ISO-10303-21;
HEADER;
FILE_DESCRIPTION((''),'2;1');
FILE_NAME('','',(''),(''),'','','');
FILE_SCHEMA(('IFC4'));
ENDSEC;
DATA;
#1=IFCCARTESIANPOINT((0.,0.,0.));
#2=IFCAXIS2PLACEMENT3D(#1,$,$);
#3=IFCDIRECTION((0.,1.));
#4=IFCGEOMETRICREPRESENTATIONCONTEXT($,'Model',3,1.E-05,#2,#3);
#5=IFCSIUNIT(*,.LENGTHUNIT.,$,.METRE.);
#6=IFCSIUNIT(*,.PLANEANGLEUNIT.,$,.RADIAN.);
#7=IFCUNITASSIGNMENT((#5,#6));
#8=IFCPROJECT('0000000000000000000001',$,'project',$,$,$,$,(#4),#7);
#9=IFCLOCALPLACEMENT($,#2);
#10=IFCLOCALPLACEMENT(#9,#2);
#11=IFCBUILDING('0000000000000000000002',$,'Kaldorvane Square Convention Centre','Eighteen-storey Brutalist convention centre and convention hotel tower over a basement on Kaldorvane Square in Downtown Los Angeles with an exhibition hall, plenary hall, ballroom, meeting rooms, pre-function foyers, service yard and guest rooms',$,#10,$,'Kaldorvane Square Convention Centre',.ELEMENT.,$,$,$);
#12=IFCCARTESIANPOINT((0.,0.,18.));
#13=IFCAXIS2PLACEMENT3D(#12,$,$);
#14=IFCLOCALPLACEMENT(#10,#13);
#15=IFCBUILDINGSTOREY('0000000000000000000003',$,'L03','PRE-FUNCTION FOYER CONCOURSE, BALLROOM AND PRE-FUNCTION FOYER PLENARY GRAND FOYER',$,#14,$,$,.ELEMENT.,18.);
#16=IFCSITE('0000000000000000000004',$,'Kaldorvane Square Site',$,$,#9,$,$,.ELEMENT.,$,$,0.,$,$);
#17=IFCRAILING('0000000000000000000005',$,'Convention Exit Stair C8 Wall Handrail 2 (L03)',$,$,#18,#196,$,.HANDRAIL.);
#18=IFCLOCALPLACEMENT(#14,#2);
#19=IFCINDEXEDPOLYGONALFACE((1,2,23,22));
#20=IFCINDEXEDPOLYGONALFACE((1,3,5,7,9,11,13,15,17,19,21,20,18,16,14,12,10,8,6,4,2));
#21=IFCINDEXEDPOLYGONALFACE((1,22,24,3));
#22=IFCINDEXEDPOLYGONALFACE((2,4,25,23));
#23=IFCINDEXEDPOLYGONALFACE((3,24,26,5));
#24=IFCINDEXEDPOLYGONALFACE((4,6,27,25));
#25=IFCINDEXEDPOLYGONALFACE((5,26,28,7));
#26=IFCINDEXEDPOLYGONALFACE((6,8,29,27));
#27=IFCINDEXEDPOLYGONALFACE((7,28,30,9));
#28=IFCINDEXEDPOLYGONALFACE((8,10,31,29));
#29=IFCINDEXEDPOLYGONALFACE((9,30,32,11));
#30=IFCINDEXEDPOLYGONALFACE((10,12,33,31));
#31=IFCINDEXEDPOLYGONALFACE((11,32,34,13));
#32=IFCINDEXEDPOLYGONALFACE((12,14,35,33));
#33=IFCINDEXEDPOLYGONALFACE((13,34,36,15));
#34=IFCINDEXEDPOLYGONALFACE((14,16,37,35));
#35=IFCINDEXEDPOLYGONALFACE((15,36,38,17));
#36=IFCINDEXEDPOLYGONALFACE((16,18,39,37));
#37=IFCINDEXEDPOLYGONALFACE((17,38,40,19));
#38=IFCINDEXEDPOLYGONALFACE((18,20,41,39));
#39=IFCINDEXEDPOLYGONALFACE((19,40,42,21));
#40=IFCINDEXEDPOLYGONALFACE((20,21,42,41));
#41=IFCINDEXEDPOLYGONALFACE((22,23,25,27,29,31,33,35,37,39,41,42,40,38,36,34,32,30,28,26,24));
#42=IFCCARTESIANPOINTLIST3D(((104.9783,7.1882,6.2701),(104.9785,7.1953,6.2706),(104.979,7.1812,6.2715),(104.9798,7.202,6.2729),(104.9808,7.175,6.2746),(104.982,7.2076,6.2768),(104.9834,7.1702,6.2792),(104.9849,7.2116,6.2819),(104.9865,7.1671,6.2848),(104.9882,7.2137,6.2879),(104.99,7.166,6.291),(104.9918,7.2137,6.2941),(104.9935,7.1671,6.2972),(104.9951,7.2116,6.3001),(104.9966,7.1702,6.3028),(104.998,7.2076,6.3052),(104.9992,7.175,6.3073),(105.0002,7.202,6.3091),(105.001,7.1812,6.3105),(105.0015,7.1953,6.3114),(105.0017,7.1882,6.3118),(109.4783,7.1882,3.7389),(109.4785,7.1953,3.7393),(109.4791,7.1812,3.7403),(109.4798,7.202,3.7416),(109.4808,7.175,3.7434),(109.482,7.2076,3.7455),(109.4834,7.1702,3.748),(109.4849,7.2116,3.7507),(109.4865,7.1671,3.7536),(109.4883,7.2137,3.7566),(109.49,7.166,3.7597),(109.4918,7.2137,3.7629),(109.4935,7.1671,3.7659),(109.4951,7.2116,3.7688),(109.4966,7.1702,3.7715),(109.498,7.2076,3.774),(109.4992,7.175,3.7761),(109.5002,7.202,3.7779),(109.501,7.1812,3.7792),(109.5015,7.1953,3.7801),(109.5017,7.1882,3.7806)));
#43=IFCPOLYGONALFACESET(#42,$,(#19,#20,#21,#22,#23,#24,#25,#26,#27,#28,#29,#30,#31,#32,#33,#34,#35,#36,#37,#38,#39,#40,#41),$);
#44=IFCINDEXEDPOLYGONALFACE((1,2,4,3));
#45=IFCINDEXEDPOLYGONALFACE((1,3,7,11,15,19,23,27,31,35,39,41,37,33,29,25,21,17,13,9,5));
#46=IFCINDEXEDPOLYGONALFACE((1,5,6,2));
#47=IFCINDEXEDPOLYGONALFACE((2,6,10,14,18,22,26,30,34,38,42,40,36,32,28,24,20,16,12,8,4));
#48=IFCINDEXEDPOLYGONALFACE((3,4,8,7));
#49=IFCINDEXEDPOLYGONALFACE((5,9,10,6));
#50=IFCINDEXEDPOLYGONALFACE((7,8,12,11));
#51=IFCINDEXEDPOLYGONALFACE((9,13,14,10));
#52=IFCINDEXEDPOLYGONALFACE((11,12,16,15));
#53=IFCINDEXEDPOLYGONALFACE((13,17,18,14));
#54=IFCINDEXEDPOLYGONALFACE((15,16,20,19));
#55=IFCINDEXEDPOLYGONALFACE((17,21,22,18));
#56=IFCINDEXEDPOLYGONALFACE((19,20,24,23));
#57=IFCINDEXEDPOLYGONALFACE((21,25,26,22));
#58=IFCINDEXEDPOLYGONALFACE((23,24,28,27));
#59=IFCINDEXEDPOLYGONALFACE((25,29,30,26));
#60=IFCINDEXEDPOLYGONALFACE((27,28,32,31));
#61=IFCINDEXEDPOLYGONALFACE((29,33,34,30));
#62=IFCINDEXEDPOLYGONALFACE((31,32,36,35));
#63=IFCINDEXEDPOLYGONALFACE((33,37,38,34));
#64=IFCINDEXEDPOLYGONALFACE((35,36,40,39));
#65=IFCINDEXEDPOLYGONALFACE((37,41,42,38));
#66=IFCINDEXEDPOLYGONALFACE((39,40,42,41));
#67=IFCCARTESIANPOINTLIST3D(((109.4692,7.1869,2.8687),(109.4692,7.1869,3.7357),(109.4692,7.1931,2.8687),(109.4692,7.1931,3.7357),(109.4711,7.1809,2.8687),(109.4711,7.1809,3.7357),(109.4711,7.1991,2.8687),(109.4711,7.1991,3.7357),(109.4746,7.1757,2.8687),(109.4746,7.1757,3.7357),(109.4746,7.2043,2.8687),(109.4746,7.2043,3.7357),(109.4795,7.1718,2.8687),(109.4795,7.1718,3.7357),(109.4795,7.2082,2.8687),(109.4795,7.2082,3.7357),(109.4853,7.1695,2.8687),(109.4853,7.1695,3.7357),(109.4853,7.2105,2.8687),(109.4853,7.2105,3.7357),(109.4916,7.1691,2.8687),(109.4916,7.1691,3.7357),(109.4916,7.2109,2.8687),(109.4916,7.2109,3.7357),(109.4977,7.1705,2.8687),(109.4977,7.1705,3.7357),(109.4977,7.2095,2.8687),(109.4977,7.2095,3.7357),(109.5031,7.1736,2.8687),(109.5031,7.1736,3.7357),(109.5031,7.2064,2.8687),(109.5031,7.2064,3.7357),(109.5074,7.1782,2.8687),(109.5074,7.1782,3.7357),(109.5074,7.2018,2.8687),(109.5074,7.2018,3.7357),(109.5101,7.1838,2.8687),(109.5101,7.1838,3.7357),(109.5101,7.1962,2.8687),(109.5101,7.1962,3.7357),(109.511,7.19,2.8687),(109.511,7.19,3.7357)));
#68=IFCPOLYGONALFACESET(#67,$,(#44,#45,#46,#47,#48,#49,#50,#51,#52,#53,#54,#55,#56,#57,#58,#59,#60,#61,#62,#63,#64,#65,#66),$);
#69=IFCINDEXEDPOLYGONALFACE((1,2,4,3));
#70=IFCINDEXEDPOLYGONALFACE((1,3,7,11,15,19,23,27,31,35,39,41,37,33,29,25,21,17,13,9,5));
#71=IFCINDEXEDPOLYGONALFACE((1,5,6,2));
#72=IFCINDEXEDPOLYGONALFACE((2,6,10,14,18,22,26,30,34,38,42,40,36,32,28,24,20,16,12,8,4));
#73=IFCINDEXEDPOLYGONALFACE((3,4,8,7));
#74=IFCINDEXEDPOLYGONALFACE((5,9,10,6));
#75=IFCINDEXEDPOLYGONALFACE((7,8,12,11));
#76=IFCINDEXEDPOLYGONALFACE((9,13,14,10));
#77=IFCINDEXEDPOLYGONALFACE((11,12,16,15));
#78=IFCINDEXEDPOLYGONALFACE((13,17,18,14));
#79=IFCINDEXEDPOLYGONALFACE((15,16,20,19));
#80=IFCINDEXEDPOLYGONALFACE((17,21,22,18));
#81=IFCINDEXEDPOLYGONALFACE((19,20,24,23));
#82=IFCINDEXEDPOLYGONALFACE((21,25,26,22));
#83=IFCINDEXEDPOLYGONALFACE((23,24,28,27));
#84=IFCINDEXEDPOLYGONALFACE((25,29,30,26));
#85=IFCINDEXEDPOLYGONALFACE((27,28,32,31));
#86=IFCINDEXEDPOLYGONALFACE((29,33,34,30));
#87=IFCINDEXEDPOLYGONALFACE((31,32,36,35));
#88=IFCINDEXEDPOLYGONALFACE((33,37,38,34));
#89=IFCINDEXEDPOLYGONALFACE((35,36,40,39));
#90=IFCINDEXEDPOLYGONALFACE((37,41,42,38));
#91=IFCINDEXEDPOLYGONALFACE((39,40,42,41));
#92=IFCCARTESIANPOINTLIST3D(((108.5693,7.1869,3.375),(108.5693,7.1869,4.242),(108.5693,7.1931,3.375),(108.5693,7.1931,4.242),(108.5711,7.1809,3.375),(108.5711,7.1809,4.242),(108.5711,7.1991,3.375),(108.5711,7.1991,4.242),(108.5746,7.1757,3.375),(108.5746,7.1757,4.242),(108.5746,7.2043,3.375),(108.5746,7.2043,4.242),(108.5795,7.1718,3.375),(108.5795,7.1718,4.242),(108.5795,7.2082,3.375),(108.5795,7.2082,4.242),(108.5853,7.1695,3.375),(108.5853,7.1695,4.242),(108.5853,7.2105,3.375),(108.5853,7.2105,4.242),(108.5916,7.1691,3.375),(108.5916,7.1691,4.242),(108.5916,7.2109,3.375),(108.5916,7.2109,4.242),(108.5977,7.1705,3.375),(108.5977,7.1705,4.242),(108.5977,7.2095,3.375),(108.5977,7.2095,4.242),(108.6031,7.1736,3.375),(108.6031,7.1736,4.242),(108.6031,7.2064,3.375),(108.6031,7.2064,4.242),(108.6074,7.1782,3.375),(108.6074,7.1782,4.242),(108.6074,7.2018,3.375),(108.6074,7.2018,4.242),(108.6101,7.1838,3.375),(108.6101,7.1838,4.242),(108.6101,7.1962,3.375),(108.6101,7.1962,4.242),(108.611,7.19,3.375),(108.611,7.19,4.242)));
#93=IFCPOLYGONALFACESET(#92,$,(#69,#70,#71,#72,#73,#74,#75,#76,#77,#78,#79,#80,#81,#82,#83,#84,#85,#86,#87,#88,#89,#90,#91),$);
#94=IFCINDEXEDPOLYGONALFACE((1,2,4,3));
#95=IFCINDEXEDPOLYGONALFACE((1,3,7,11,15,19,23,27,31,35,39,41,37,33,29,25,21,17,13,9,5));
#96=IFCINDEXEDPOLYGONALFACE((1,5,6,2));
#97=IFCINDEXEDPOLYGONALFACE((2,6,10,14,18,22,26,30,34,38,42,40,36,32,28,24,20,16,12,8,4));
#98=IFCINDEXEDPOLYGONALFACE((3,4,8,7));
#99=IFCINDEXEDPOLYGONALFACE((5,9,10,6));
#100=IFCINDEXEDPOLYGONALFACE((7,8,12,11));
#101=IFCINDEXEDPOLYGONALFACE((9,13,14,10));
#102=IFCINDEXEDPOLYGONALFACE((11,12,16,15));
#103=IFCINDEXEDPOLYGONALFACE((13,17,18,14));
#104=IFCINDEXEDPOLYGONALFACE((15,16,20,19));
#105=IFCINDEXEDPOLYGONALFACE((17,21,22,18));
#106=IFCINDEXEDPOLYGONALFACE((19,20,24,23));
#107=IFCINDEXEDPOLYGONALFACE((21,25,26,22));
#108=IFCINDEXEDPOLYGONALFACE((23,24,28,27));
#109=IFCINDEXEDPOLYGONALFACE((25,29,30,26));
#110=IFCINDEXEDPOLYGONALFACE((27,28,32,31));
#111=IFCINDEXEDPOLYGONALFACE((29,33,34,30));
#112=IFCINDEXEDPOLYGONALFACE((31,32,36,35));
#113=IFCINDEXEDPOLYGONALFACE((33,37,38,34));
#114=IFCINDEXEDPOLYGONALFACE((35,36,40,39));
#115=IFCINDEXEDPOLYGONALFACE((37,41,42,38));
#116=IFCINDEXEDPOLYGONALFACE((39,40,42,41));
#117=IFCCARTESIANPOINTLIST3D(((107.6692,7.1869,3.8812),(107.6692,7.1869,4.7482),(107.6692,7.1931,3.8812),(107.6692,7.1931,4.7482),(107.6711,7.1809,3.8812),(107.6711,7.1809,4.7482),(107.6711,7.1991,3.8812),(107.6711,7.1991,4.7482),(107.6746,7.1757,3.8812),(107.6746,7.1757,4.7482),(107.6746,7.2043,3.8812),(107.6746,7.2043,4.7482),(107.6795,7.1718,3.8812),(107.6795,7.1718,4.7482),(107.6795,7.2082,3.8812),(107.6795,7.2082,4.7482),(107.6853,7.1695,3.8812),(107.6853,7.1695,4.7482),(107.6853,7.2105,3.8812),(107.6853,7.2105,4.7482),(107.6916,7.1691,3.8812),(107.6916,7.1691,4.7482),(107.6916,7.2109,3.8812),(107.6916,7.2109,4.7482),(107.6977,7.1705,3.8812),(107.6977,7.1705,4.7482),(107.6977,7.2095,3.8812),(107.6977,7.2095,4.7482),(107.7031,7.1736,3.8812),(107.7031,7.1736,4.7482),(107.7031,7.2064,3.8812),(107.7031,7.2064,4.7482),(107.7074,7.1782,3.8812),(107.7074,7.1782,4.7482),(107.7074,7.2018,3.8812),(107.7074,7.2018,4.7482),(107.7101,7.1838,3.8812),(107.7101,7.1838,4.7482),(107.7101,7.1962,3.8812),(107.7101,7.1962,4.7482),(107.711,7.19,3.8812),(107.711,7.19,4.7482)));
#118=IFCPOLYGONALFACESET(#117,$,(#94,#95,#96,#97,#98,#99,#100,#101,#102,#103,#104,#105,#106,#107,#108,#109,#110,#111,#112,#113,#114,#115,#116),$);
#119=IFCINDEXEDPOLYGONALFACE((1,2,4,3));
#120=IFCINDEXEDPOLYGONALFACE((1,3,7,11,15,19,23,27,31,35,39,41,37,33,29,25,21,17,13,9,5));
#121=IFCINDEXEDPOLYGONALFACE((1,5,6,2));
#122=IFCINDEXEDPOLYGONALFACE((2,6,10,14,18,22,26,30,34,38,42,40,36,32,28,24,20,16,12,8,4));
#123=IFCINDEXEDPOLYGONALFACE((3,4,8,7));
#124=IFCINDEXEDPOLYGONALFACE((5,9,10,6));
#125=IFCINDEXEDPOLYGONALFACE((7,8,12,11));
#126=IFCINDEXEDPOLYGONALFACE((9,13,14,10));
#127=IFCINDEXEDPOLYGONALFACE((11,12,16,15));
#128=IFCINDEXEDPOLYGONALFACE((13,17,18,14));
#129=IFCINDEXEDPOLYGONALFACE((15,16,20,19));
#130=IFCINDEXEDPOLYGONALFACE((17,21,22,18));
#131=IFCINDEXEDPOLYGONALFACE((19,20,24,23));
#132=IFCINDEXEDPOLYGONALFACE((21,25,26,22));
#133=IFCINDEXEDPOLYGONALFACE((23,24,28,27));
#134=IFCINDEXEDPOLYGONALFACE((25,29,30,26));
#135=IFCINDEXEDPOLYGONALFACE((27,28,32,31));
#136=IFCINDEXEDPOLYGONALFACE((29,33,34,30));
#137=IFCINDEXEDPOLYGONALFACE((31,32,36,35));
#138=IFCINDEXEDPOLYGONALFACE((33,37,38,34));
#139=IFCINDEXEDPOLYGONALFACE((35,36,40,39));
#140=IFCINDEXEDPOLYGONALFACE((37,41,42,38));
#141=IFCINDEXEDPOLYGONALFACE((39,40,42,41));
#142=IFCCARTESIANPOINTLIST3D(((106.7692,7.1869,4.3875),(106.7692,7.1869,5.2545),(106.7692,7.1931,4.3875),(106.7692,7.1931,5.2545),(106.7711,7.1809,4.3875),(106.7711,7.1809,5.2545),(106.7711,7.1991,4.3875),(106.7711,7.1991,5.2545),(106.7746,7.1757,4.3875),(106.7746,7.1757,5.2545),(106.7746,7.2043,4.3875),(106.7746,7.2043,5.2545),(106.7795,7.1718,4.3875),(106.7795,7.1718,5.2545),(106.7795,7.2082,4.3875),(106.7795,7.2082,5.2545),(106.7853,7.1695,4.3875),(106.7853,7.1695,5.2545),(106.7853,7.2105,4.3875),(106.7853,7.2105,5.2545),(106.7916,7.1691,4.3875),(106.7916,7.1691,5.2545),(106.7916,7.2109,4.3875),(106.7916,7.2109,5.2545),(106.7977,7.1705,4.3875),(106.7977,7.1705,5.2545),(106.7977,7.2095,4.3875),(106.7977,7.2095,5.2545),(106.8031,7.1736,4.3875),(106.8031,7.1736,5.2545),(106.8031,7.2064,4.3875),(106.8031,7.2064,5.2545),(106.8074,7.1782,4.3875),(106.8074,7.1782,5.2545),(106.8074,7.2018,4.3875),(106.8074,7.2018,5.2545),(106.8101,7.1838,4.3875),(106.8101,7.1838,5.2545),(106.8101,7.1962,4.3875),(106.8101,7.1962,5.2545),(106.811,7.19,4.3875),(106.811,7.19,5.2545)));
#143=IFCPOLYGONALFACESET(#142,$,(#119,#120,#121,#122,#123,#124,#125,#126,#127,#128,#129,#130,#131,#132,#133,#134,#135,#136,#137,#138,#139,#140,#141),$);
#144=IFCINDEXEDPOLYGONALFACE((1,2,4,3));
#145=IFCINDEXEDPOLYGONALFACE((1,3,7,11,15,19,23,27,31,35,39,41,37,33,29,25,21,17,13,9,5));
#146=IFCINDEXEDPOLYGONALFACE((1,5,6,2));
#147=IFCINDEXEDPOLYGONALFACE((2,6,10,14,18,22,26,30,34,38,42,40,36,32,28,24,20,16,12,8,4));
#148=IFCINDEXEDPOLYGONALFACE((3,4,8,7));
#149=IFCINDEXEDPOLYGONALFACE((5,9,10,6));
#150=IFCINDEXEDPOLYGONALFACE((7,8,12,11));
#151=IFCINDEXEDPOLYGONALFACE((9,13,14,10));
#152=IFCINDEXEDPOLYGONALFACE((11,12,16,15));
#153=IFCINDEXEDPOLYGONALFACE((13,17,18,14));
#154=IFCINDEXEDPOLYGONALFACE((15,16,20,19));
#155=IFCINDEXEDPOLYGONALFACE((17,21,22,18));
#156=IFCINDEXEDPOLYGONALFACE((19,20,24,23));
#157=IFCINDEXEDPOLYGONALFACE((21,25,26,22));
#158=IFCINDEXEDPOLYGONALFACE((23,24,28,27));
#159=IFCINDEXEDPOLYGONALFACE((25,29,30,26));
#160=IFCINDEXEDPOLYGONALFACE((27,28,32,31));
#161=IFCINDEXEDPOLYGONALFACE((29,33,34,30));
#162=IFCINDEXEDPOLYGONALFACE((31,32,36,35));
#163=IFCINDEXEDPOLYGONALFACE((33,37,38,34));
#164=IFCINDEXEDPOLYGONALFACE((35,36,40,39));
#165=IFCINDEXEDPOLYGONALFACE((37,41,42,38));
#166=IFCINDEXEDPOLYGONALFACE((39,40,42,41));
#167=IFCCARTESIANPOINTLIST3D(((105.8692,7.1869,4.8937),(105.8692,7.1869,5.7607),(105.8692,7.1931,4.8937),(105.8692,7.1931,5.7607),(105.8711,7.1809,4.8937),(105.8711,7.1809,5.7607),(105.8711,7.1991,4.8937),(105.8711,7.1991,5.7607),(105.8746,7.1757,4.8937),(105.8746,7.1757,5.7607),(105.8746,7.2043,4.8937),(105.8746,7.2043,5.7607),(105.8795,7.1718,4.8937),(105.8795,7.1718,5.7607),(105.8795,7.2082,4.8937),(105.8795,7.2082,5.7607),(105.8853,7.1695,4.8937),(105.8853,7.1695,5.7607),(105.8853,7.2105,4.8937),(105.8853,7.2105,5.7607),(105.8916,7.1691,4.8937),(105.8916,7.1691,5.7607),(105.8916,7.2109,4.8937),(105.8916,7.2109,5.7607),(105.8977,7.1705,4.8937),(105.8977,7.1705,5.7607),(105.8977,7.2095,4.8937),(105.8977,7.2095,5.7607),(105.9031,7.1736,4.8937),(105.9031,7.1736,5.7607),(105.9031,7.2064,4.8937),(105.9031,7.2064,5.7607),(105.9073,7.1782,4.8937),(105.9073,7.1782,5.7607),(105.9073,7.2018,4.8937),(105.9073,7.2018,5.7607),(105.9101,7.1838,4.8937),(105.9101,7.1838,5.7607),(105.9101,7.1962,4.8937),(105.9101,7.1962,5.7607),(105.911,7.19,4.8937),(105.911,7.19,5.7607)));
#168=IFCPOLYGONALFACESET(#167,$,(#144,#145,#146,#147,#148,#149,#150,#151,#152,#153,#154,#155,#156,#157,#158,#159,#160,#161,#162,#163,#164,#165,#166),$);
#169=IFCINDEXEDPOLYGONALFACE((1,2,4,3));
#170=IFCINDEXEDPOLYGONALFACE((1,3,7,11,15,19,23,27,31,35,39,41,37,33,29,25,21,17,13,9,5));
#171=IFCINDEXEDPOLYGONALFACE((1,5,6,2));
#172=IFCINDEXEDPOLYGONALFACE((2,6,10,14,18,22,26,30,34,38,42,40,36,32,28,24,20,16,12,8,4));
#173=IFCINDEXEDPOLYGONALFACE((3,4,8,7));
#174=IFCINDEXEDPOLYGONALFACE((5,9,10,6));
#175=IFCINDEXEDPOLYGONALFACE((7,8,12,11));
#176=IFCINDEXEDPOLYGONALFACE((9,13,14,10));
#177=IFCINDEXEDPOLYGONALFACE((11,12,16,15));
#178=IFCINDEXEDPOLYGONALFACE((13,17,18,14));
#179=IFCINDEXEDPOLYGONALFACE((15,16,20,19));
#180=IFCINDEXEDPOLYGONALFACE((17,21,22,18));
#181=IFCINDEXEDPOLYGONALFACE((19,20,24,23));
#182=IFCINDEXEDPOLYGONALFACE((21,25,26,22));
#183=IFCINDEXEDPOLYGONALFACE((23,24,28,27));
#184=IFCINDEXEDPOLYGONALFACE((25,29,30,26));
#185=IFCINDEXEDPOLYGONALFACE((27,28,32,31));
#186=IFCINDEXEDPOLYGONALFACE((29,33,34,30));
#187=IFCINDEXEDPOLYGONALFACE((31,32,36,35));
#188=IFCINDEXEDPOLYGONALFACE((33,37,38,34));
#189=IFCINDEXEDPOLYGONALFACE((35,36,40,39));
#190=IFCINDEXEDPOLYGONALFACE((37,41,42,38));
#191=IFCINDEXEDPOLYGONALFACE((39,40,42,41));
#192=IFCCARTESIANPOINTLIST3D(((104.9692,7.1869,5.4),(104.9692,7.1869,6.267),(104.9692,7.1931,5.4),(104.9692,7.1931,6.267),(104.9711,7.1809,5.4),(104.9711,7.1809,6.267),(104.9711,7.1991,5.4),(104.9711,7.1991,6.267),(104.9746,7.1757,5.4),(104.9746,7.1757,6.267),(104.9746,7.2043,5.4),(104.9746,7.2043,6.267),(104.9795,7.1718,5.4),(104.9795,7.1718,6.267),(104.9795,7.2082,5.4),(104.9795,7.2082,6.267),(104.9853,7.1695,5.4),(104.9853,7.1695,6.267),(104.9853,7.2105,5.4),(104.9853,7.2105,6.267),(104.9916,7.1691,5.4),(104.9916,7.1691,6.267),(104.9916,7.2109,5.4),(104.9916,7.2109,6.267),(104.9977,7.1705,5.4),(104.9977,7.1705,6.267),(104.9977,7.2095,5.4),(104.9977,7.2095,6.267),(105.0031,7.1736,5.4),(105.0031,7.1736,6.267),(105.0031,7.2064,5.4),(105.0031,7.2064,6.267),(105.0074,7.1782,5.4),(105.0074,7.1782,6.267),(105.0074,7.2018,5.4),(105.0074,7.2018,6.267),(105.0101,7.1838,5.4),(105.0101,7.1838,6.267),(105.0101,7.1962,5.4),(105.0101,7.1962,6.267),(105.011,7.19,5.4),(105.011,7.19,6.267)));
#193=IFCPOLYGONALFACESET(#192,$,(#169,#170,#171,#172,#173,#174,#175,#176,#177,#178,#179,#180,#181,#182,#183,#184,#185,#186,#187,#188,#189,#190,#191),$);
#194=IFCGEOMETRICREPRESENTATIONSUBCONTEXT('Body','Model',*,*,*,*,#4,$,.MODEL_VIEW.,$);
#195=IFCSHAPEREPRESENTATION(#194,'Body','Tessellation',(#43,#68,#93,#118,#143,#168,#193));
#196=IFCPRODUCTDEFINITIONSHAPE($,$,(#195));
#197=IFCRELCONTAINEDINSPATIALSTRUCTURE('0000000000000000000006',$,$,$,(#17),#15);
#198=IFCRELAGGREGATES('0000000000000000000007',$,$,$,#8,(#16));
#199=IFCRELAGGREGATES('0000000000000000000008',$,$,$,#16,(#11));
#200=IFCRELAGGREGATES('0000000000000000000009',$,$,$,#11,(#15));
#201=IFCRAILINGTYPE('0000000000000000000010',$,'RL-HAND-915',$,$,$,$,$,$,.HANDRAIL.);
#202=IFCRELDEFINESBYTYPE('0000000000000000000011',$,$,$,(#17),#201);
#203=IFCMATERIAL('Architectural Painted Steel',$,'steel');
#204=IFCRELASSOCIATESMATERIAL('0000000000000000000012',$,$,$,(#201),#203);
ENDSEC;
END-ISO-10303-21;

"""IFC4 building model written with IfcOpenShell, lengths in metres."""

from ifc_helpers import new_model, si_unit, direction, frame, origin, origin_2d, place, context, subcontext, project, spatial, circle, extrude, material, type_object, element, save


model = new_model("IFC4")

# Units and contexts
model_context = context("Model", 3, precision=1e-05, world=origin(), true_north=direction((0.0, 1.0)))
body_context = subcontext(model_context, "Body", "Model", "MODEL_VIEW")
ifc_project = project(units=[si_unit("LENGTHUNIT", "METRE"), si_unit("PLANEANGLEUNIT", "RADIAN")], contexts=[model_context])

# Site, building, storey
site_placement = place(None, origin())
site = spatial("IfcSite", under=ifc_project, at=site_placement, Name="Kaldorvane Square Site", CompositionType="ELEMENT", RefElevation=0.0)
building_placement = place(site_placement, origin())
building = spatial("IfcBuilding", under=site, at=building_placement, Name="Kaldorvane Square Convention Centre", Description="Eighteen-storey Brutalist convention centre and convention hotel tower over a basement on Kaldorvane Square in Downtown Los Angeles with an exhibition hall, plenary hall, ballroom, meeting rooms, pre-function foyers, service yard and guest rooms", LongName="Kaldorvane Square Convention Centre", CompositionType="ELEMENT")
storey_placement = place(building_placement, frame((0.0, 0.0, 18.0)))
storey = spatial("IfcBuildingStorey", under=building, at=storey_placement, Name="L03", Description="PRE-FUNCTION FOYER CONCOURSE, BALLROOM AND PRE-FUNCTION FOYER PLENARY GRAND FOYER", CompositionType="ELEMENT", Elevation=18.0)

# Railing
ifc_material_1 = material(Name="Architectural Painted Steel", Category="steel")
railing_type_1 = type_object("IfcRailingType", Name="RL-HAND-915", PredefinedType="HANDRAIL", material=ifc_material_1)
railing_1_placement = place(storey_placement, frame((109.49, 7.19, 2.8687)))
element("IfcRailing", 1, at=railing_1_placement, inside=storey, type_object=railing_type_1, Name="Convention Exit Stair C8 Wall Handrail 2 (L03)", PredefinedType="HANDRAIL", context=body_context, shape_type="SweptSolid", body=[
    extrude(circle(Radius=0.024, at=origin_2d()), frame((0.0, 0.0, 0.891), z_axis=(-0.871576, 0.0, 0.490261), x_axis=(0.0, -1.0, 0.0)), (0.0, 0.0, 1.0), 5.1631),
    extrude(circle(Radius=0.021, at=origin_2d()), origin(), (0.0, 0.0, 1.0), 0.867),
    extrude(circle(Radius=0.021, at=origin_2d()), frame((-0.9, 0.0, 0.5063)), (0.0, 0.0, 1.0), 0.867),
    extrude(circle(Radius=0.021, at=origin_2d()), frame((-1.8, 0.0, 1.0125)), (0.0, 0.0, 1.0), 0.867),
    extrude(circle(Radius=0.021, at=origin_2d()), frame((-2.7, 0.0, 1.5188)), (0.0, 0.0, 1.0), 0.867),
    extrude(circle(Radius=0.021, at=origin_2d()), frame((-3.6, 0.0, 2.025)), (0.0, 0.0, 1.0), 0.867),
    extrude(circle(Radius=0.021, at=origin_2d()), frame((-4.5, 0.0, 2.5312)), (0.0, 0.0, 1.0), 0.867),
])

save(model, "model.ifc")
